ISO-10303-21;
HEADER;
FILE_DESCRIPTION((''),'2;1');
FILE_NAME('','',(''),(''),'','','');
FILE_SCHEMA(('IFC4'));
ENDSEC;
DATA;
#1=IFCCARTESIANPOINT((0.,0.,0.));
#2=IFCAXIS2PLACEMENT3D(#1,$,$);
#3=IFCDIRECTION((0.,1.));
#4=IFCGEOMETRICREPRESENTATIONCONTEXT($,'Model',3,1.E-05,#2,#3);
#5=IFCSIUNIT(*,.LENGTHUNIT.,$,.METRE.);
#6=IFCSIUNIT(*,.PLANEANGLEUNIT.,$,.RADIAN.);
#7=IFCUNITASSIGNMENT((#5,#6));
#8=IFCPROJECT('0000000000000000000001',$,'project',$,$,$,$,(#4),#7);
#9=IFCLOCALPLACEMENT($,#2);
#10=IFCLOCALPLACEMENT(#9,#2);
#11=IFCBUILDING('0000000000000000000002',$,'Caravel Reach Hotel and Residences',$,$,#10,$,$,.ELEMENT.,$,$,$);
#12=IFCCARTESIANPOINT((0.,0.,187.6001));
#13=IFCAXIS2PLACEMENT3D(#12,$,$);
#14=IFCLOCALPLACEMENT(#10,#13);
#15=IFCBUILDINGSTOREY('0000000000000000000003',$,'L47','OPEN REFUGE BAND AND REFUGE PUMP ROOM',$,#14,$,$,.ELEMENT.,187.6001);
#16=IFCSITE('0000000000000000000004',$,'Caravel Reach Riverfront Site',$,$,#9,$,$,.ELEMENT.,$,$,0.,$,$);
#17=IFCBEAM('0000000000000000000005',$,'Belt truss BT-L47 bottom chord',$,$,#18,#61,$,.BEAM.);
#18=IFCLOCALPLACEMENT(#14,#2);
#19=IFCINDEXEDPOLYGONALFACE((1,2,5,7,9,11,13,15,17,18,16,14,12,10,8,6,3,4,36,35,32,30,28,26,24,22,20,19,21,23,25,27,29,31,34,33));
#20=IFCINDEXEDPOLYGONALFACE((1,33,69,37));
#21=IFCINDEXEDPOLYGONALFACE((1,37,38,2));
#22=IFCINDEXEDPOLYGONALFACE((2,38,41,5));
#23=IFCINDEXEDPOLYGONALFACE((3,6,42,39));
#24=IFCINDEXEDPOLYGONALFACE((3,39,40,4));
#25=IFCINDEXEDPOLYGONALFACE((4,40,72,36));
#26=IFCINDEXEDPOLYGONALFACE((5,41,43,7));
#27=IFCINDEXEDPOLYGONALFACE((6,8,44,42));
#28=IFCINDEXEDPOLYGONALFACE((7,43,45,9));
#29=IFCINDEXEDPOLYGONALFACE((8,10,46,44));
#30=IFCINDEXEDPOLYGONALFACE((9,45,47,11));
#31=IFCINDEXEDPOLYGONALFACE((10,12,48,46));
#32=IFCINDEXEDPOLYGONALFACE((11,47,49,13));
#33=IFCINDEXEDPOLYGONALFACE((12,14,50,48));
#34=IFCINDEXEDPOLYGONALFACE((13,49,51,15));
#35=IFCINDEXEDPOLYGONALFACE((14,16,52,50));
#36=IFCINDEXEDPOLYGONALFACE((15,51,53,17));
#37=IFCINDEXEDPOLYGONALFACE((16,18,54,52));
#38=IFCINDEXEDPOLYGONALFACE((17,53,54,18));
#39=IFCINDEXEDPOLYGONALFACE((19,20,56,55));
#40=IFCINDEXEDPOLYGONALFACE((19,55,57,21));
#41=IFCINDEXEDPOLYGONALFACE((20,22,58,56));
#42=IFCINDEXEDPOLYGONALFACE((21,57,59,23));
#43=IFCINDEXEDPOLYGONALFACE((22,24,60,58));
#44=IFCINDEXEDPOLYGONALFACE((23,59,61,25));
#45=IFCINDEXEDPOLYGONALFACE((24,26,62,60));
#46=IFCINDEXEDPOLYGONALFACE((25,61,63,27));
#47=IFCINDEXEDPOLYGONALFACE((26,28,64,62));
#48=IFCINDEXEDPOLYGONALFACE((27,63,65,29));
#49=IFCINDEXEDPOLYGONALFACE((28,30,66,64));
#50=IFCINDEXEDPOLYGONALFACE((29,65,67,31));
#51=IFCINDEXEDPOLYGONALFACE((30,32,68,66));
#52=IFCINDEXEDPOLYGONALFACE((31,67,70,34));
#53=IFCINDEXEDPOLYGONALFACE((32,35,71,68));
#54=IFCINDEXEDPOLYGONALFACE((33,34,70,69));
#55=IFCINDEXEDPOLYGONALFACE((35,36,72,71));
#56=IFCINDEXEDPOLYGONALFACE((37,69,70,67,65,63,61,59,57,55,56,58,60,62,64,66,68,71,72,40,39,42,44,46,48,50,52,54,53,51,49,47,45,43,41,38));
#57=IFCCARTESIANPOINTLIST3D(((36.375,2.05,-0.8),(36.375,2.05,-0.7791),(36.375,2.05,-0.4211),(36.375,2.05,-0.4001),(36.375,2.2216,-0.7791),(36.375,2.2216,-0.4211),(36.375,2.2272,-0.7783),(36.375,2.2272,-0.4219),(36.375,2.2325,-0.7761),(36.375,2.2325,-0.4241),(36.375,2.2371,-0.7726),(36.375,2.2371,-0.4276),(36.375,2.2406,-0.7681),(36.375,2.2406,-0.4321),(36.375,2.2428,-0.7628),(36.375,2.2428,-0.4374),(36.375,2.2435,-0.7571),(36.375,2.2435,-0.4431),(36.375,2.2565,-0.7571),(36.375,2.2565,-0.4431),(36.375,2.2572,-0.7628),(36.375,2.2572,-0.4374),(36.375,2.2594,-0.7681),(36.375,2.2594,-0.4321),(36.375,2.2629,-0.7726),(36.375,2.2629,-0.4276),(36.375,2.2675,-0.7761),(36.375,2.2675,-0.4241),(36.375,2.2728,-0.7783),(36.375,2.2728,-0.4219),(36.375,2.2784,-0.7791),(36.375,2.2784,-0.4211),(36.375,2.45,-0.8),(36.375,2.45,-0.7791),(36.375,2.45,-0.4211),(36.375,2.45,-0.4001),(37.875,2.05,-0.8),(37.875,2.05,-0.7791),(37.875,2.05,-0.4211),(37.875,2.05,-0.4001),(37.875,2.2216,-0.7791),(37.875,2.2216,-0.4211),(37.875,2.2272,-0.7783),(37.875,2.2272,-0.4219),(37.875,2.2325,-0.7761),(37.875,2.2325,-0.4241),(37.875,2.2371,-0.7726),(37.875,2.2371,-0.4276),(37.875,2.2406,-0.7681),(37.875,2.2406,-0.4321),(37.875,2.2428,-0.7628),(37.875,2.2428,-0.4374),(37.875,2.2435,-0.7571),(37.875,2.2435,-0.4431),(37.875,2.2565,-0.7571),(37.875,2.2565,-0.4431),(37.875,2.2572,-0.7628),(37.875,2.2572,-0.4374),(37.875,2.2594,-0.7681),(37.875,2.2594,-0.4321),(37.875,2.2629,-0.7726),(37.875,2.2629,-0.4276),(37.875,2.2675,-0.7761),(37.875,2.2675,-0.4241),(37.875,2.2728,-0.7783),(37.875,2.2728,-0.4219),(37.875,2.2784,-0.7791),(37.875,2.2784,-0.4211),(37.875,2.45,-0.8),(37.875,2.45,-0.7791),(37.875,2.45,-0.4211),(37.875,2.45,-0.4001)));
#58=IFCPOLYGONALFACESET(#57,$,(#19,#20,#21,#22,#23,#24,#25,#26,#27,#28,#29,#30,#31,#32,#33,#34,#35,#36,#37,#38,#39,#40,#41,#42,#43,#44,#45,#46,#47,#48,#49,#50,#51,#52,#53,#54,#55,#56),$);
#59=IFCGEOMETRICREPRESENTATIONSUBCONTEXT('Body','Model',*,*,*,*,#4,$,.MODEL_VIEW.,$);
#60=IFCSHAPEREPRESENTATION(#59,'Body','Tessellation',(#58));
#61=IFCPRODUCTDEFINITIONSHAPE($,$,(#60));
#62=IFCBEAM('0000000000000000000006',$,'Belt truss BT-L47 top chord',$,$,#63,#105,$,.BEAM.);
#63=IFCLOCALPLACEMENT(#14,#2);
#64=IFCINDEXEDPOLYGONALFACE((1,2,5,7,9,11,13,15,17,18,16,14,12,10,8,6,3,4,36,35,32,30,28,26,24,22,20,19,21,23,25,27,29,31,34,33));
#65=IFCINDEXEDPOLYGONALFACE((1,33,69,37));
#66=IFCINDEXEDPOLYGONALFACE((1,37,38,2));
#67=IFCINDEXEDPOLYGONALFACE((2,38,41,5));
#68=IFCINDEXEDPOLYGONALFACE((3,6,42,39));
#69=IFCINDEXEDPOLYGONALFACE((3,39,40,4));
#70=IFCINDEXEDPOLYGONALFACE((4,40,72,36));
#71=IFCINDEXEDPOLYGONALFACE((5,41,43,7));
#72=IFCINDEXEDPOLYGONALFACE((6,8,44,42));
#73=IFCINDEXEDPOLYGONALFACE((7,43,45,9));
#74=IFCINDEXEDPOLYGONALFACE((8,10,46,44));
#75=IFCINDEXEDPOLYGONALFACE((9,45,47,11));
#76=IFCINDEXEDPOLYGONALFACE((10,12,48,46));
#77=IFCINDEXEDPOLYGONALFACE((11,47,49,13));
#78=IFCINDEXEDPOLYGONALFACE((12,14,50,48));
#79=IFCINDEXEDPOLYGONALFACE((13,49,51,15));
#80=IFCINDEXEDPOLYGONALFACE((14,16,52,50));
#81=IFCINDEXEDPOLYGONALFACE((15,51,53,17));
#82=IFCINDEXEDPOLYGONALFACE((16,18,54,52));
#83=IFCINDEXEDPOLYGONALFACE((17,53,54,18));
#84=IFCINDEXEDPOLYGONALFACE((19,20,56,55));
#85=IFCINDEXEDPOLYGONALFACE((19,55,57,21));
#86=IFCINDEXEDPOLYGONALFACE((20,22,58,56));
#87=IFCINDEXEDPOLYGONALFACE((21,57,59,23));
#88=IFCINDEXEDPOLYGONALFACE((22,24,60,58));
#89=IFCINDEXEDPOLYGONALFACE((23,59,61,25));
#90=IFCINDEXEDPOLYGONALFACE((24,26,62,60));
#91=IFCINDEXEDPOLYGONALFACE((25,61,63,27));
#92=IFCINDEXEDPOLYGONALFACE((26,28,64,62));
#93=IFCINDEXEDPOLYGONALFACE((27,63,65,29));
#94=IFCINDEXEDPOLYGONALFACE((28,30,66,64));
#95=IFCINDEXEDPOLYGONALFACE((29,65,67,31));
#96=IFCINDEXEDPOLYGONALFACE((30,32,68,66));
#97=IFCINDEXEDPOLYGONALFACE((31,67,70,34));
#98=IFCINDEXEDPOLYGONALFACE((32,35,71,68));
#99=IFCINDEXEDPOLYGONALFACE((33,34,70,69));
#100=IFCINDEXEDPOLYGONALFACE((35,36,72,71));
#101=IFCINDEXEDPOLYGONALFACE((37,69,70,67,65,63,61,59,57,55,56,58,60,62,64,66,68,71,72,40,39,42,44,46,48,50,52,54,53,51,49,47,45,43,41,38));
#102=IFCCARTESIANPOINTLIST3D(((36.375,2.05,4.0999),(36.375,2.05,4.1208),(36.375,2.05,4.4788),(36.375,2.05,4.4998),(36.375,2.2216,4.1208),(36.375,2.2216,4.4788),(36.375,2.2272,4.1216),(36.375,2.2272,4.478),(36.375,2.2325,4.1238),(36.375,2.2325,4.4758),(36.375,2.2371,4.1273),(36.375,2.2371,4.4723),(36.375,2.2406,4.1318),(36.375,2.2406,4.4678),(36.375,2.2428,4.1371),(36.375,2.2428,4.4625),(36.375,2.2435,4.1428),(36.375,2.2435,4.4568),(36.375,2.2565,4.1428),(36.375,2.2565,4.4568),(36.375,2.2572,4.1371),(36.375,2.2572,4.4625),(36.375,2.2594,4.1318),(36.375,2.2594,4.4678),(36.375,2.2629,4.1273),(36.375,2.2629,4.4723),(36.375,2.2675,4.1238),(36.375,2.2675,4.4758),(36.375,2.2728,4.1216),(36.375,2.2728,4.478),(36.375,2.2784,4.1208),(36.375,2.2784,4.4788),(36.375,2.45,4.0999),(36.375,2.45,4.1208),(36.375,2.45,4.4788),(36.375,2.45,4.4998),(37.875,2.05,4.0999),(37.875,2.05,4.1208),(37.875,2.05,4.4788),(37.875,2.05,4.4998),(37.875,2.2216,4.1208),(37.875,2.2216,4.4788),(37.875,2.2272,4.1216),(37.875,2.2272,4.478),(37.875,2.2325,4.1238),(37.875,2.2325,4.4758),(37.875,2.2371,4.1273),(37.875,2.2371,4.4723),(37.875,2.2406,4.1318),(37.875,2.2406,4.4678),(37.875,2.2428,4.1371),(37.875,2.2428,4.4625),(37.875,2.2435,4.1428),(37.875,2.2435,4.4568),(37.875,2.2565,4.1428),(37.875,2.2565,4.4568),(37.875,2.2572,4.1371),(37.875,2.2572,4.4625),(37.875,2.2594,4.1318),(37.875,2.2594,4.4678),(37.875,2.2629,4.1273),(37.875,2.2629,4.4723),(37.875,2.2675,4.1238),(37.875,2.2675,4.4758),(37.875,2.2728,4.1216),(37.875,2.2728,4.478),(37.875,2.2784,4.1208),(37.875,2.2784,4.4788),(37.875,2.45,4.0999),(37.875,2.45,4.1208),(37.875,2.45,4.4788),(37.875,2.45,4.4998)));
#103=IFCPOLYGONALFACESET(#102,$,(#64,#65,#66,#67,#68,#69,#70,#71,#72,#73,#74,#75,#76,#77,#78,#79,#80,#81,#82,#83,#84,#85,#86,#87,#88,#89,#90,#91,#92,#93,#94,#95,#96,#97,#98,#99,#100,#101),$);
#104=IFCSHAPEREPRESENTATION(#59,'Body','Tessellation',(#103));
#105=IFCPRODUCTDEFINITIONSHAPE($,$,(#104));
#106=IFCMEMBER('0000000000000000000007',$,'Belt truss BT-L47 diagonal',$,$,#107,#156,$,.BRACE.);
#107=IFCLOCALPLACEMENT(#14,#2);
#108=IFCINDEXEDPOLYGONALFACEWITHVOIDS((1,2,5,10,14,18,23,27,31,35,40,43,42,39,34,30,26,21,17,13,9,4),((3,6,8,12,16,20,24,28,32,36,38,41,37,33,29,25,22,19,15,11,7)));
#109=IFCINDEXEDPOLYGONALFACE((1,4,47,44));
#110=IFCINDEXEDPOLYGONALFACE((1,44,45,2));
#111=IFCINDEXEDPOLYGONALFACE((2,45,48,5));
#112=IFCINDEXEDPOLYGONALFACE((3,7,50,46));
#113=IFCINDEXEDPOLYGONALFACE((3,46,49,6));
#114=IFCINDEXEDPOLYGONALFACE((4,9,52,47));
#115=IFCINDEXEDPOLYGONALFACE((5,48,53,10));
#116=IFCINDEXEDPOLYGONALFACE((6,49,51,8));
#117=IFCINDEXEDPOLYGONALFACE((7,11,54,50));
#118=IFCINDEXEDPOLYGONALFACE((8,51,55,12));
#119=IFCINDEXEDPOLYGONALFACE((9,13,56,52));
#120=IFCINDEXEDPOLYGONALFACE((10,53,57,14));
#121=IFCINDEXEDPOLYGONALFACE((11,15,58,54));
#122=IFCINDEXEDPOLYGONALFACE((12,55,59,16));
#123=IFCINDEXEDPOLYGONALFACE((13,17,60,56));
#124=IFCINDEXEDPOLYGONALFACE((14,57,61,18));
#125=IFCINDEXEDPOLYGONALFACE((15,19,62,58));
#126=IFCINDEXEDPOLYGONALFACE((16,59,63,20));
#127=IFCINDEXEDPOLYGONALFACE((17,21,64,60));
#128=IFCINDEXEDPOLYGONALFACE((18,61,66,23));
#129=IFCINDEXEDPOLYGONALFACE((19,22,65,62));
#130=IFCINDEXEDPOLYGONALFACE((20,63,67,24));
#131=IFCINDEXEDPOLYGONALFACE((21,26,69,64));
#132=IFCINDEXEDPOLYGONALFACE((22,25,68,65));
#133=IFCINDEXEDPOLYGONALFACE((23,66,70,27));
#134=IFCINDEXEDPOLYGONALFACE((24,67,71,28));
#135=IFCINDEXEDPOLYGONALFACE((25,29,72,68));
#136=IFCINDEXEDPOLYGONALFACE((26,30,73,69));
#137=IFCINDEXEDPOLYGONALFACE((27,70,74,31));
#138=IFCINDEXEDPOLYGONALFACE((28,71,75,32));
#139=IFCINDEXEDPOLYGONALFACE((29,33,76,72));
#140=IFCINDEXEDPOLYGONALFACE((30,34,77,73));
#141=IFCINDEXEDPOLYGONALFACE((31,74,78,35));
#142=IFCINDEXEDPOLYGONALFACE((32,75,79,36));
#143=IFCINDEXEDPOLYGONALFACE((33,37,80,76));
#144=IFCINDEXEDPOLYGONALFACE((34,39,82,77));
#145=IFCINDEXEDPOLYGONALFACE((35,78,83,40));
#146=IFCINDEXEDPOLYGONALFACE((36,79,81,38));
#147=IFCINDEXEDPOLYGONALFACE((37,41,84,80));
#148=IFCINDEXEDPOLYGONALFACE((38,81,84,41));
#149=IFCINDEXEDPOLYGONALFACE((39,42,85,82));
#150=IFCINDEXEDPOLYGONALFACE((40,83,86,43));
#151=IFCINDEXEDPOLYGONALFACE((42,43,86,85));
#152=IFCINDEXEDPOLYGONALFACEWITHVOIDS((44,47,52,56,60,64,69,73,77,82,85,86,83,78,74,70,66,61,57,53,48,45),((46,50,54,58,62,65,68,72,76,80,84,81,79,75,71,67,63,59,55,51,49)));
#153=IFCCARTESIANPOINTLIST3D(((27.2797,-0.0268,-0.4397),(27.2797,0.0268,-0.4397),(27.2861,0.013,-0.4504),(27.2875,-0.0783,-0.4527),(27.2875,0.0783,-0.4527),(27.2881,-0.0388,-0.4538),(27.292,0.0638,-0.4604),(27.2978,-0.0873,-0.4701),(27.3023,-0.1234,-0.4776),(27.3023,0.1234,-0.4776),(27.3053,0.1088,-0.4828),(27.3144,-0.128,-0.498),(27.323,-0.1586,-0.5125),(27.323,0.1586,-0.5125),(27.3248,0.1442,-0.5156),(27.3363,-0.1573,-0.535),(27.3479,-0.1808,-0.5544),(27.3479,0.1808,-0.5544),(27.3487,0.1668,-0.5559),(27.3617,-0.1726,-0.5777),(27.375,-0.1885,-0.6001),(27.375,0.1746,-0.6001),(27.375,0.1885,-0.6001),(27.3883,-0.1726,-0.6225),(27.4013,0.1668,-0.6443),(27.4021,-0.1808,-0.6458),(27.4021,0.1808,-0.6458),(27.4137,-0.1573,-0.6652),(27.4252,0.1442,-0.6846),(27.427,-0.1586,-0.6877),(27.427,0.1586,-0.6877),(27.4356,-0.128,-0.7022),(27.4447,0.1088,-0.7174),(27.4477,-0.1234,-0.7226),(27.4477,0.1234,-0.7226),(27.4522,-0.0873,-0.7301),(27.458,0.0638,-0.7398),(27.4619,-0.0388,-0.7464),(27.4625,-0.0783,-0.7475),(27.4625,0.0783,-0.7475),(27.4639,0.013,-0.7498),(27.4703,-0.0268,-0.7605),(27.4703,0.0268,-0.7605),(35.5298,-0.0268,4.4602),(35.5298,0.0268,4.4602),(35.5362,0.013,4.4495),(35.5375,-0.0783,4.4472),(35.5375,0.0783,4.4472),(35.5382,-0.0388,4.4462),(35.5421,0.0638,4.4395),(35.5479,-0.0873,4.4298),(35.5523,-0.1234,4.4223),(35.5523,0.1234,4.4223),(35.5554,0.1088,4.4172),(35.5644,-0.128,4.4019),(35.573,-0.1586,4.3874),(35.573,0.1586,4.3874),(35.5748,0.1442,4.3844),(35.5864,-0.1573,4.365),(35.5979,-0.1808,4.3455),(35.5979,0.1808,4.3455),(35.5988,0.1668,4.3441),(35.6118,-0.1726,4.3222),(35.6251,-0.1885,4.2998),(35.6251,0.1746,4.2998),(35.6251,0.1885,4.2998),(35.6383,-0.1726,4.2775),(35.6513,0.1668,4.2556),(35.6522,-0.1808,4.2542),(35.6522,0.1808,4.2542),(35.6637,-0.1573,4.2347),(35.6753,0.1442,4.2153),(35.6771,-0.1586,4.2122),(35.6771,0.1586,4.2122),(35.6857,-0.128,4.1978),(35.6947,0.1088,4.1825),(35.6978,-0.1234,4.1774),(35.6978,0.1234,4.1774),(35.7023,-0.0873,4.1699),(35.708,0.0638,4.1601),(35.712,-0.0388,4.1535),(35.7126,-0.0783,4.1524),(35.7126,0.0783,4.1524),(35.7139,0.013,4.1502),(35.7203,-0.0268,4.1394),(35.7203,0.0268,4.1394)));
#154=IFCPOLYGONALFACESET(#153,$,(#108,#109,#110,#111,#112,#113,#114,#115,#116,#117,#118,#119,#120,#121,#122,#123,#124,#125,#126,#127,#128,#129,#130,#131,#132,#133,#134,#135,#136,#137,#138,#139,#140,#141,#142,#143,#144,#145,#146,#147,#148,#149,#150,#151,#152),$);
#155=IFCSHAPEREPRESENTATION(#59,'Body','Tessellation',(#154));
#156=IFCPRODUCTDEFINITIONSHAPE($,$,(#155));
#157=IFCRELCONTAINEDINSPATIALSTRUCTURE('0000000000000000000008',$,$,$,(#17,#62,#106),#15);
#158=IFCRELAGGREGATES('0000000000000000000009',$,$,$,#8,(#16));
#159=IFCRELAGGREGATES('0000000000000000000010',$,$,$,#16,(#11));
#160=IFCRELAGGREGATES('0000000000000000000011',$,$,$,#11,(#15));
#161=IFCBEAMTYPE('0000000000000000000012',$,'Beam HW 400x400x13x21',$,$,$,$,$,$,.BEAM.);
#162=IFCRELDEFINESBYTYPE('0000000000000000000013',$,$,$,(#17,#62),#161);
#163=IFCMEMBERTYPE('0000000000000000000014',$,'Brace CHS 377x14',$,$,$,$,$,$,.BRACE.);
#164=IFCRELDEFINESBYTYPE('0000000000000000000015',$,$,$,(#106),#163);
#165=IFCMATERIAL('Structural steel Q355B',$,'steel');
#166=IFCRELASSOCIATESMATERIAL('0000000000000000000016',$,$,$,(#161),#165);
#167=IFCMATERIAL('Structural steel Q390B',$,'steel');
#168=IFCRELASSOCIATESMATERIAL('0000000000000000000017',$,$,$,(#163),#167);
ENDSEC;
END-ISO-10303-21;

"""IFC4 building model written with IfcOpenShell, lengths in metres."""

from ifc_helpers import new_model, si_unit, direction, frame, origin, origin_2d, place, context, subcontext, project, spatial, hollow_circle, i_section, extrude, material, material_profile, profile_set, type_object, element, save


model = new_model("IFC4")

# Units and contexts
model_context = context("Model", 3, precision=1e-05, world=origin(), true_north=direction((0.0, 1.0)))
body_context = subcontext(model_context, "Body", "Model", "MODEL_VIEW")
ifc_project = project(units=[si_unit("LENGTHUNIT", "METRE"), si_unit("PLANEANGLEUNIT", "RADIAN")], contexts=[model_context])

# Site, building, storey
site_placement = place(None, origin())
site = spatial("IfcSite", under=ifc_project, at=site_placement, Name="Caravel Reach Riverfront Site", CompositionType="ELEMENT", RefElevation=0.0)
building_placement = place(site_placement, origin())
building = spatial("IfcBuilding", under=site, at=building_placement, Name="Caravel Reach Hotel and Residences", CompositionType="ELEMENT")
storey_placement = place(building_placement, frame((0.0, 0.0, 187.6001)))
storey = spatial("IfcBuildingStorey", under=building, at=storey_placement, Name="L47", Description="OPEN REFUGE BAND AND REFUGE PUMP ROOM", CompositionType="ELEMENT", Elevation=187.6001)

# Beams
ifc_material_1 = material(Name="Structural steel Q355B", Category="steel")
ifc_material_profile_1 = material_profile(ifc_material_1, i_section(OverallWidth=0.3999, OverallDepth=0.3999, WebThickness=0.0129, FlangeThickness=0.021, FilletRadius=0.022, at=origin_2d()), Name="HW 400x400x13x21")
ifc_profile_set_1 = profile_set([ifc_material_profile_1], Name="Structural steel Q355B")
beam_type = type_object("IfcBeamType", Name="Beam HW 400x400x13x21", PredefinedType="BEAM", material=ifc_profile_set_1)
for number, where, z_axis, x_axis, name in (
    (1, (36.375, 2.25, -0.6001), (1.0, 0.0, 0.0), (0.0, 1.0, 0.0), "Belt truss BT-L47 bottom chord"),
    (2, (36.375, 2.25, 4.2998), (1.0, 0.0, 0.0), (0.0, 1.0, 0.0), "Belt truss BT-L47 top chord"),
):
    element("IfcBeam", number, at=place(storey_placement, frame(where, z_axis=z_axis, x_axis=x_axis)), inside=storey, type_object=beam_type, Name=name, PredefinedType="BEAM", context=body_context, shape_type="SweptSolid", body=[
        extrude(i_section(OverallWidth=0.3999, OverallDepth=0.3999, WebThickness=0.0129, FlangeThickness=0.021, FilletRadius=0.022, at=origin_2d()), origin(), (0.0, 0.0, 1.0), 1.5),
    ])

# Member
ifc_material_2 = material(Name="Structural steel Q390B", Category="steel")
ifc_material_profile_2 = material_profile(ifc_material_2, hollow_circle(Radius=0.1885, WallThickness=0.0139, at=origin_2d()), Name="CHS 377x14")
ifc_profile_set_2 = profile_set([ifc_material_profile_2], Name="Structural steel Q390B")
member_type = type_object("IfcMemberType", Name="Brace CHS 377x14", PredefinedType="BRACE", material=ifc_profile_set_2)
member_placement = place(storey_placement, frame((27.375, 0.0, -0.6001), z_axis=(0.859788, 0.0, 0.510652), x_axis=(0.0, 1.0, 0.0)))
element("IfcMember", 3, at=member_placement, inside=storey, type_object=member_type, Name="Belt truss BT-L47 diagonal", PredefinedType="BRACE", context=body_context, shape_type="SweptSolid", body=[
    extrude(hollow_circle(Radius=0.1885, WallThickness=0.0139, at=origin_2d()), origin(), (0.0, 0.0, 1.0), 9.5955),
])

save(model, "model.ifc")
